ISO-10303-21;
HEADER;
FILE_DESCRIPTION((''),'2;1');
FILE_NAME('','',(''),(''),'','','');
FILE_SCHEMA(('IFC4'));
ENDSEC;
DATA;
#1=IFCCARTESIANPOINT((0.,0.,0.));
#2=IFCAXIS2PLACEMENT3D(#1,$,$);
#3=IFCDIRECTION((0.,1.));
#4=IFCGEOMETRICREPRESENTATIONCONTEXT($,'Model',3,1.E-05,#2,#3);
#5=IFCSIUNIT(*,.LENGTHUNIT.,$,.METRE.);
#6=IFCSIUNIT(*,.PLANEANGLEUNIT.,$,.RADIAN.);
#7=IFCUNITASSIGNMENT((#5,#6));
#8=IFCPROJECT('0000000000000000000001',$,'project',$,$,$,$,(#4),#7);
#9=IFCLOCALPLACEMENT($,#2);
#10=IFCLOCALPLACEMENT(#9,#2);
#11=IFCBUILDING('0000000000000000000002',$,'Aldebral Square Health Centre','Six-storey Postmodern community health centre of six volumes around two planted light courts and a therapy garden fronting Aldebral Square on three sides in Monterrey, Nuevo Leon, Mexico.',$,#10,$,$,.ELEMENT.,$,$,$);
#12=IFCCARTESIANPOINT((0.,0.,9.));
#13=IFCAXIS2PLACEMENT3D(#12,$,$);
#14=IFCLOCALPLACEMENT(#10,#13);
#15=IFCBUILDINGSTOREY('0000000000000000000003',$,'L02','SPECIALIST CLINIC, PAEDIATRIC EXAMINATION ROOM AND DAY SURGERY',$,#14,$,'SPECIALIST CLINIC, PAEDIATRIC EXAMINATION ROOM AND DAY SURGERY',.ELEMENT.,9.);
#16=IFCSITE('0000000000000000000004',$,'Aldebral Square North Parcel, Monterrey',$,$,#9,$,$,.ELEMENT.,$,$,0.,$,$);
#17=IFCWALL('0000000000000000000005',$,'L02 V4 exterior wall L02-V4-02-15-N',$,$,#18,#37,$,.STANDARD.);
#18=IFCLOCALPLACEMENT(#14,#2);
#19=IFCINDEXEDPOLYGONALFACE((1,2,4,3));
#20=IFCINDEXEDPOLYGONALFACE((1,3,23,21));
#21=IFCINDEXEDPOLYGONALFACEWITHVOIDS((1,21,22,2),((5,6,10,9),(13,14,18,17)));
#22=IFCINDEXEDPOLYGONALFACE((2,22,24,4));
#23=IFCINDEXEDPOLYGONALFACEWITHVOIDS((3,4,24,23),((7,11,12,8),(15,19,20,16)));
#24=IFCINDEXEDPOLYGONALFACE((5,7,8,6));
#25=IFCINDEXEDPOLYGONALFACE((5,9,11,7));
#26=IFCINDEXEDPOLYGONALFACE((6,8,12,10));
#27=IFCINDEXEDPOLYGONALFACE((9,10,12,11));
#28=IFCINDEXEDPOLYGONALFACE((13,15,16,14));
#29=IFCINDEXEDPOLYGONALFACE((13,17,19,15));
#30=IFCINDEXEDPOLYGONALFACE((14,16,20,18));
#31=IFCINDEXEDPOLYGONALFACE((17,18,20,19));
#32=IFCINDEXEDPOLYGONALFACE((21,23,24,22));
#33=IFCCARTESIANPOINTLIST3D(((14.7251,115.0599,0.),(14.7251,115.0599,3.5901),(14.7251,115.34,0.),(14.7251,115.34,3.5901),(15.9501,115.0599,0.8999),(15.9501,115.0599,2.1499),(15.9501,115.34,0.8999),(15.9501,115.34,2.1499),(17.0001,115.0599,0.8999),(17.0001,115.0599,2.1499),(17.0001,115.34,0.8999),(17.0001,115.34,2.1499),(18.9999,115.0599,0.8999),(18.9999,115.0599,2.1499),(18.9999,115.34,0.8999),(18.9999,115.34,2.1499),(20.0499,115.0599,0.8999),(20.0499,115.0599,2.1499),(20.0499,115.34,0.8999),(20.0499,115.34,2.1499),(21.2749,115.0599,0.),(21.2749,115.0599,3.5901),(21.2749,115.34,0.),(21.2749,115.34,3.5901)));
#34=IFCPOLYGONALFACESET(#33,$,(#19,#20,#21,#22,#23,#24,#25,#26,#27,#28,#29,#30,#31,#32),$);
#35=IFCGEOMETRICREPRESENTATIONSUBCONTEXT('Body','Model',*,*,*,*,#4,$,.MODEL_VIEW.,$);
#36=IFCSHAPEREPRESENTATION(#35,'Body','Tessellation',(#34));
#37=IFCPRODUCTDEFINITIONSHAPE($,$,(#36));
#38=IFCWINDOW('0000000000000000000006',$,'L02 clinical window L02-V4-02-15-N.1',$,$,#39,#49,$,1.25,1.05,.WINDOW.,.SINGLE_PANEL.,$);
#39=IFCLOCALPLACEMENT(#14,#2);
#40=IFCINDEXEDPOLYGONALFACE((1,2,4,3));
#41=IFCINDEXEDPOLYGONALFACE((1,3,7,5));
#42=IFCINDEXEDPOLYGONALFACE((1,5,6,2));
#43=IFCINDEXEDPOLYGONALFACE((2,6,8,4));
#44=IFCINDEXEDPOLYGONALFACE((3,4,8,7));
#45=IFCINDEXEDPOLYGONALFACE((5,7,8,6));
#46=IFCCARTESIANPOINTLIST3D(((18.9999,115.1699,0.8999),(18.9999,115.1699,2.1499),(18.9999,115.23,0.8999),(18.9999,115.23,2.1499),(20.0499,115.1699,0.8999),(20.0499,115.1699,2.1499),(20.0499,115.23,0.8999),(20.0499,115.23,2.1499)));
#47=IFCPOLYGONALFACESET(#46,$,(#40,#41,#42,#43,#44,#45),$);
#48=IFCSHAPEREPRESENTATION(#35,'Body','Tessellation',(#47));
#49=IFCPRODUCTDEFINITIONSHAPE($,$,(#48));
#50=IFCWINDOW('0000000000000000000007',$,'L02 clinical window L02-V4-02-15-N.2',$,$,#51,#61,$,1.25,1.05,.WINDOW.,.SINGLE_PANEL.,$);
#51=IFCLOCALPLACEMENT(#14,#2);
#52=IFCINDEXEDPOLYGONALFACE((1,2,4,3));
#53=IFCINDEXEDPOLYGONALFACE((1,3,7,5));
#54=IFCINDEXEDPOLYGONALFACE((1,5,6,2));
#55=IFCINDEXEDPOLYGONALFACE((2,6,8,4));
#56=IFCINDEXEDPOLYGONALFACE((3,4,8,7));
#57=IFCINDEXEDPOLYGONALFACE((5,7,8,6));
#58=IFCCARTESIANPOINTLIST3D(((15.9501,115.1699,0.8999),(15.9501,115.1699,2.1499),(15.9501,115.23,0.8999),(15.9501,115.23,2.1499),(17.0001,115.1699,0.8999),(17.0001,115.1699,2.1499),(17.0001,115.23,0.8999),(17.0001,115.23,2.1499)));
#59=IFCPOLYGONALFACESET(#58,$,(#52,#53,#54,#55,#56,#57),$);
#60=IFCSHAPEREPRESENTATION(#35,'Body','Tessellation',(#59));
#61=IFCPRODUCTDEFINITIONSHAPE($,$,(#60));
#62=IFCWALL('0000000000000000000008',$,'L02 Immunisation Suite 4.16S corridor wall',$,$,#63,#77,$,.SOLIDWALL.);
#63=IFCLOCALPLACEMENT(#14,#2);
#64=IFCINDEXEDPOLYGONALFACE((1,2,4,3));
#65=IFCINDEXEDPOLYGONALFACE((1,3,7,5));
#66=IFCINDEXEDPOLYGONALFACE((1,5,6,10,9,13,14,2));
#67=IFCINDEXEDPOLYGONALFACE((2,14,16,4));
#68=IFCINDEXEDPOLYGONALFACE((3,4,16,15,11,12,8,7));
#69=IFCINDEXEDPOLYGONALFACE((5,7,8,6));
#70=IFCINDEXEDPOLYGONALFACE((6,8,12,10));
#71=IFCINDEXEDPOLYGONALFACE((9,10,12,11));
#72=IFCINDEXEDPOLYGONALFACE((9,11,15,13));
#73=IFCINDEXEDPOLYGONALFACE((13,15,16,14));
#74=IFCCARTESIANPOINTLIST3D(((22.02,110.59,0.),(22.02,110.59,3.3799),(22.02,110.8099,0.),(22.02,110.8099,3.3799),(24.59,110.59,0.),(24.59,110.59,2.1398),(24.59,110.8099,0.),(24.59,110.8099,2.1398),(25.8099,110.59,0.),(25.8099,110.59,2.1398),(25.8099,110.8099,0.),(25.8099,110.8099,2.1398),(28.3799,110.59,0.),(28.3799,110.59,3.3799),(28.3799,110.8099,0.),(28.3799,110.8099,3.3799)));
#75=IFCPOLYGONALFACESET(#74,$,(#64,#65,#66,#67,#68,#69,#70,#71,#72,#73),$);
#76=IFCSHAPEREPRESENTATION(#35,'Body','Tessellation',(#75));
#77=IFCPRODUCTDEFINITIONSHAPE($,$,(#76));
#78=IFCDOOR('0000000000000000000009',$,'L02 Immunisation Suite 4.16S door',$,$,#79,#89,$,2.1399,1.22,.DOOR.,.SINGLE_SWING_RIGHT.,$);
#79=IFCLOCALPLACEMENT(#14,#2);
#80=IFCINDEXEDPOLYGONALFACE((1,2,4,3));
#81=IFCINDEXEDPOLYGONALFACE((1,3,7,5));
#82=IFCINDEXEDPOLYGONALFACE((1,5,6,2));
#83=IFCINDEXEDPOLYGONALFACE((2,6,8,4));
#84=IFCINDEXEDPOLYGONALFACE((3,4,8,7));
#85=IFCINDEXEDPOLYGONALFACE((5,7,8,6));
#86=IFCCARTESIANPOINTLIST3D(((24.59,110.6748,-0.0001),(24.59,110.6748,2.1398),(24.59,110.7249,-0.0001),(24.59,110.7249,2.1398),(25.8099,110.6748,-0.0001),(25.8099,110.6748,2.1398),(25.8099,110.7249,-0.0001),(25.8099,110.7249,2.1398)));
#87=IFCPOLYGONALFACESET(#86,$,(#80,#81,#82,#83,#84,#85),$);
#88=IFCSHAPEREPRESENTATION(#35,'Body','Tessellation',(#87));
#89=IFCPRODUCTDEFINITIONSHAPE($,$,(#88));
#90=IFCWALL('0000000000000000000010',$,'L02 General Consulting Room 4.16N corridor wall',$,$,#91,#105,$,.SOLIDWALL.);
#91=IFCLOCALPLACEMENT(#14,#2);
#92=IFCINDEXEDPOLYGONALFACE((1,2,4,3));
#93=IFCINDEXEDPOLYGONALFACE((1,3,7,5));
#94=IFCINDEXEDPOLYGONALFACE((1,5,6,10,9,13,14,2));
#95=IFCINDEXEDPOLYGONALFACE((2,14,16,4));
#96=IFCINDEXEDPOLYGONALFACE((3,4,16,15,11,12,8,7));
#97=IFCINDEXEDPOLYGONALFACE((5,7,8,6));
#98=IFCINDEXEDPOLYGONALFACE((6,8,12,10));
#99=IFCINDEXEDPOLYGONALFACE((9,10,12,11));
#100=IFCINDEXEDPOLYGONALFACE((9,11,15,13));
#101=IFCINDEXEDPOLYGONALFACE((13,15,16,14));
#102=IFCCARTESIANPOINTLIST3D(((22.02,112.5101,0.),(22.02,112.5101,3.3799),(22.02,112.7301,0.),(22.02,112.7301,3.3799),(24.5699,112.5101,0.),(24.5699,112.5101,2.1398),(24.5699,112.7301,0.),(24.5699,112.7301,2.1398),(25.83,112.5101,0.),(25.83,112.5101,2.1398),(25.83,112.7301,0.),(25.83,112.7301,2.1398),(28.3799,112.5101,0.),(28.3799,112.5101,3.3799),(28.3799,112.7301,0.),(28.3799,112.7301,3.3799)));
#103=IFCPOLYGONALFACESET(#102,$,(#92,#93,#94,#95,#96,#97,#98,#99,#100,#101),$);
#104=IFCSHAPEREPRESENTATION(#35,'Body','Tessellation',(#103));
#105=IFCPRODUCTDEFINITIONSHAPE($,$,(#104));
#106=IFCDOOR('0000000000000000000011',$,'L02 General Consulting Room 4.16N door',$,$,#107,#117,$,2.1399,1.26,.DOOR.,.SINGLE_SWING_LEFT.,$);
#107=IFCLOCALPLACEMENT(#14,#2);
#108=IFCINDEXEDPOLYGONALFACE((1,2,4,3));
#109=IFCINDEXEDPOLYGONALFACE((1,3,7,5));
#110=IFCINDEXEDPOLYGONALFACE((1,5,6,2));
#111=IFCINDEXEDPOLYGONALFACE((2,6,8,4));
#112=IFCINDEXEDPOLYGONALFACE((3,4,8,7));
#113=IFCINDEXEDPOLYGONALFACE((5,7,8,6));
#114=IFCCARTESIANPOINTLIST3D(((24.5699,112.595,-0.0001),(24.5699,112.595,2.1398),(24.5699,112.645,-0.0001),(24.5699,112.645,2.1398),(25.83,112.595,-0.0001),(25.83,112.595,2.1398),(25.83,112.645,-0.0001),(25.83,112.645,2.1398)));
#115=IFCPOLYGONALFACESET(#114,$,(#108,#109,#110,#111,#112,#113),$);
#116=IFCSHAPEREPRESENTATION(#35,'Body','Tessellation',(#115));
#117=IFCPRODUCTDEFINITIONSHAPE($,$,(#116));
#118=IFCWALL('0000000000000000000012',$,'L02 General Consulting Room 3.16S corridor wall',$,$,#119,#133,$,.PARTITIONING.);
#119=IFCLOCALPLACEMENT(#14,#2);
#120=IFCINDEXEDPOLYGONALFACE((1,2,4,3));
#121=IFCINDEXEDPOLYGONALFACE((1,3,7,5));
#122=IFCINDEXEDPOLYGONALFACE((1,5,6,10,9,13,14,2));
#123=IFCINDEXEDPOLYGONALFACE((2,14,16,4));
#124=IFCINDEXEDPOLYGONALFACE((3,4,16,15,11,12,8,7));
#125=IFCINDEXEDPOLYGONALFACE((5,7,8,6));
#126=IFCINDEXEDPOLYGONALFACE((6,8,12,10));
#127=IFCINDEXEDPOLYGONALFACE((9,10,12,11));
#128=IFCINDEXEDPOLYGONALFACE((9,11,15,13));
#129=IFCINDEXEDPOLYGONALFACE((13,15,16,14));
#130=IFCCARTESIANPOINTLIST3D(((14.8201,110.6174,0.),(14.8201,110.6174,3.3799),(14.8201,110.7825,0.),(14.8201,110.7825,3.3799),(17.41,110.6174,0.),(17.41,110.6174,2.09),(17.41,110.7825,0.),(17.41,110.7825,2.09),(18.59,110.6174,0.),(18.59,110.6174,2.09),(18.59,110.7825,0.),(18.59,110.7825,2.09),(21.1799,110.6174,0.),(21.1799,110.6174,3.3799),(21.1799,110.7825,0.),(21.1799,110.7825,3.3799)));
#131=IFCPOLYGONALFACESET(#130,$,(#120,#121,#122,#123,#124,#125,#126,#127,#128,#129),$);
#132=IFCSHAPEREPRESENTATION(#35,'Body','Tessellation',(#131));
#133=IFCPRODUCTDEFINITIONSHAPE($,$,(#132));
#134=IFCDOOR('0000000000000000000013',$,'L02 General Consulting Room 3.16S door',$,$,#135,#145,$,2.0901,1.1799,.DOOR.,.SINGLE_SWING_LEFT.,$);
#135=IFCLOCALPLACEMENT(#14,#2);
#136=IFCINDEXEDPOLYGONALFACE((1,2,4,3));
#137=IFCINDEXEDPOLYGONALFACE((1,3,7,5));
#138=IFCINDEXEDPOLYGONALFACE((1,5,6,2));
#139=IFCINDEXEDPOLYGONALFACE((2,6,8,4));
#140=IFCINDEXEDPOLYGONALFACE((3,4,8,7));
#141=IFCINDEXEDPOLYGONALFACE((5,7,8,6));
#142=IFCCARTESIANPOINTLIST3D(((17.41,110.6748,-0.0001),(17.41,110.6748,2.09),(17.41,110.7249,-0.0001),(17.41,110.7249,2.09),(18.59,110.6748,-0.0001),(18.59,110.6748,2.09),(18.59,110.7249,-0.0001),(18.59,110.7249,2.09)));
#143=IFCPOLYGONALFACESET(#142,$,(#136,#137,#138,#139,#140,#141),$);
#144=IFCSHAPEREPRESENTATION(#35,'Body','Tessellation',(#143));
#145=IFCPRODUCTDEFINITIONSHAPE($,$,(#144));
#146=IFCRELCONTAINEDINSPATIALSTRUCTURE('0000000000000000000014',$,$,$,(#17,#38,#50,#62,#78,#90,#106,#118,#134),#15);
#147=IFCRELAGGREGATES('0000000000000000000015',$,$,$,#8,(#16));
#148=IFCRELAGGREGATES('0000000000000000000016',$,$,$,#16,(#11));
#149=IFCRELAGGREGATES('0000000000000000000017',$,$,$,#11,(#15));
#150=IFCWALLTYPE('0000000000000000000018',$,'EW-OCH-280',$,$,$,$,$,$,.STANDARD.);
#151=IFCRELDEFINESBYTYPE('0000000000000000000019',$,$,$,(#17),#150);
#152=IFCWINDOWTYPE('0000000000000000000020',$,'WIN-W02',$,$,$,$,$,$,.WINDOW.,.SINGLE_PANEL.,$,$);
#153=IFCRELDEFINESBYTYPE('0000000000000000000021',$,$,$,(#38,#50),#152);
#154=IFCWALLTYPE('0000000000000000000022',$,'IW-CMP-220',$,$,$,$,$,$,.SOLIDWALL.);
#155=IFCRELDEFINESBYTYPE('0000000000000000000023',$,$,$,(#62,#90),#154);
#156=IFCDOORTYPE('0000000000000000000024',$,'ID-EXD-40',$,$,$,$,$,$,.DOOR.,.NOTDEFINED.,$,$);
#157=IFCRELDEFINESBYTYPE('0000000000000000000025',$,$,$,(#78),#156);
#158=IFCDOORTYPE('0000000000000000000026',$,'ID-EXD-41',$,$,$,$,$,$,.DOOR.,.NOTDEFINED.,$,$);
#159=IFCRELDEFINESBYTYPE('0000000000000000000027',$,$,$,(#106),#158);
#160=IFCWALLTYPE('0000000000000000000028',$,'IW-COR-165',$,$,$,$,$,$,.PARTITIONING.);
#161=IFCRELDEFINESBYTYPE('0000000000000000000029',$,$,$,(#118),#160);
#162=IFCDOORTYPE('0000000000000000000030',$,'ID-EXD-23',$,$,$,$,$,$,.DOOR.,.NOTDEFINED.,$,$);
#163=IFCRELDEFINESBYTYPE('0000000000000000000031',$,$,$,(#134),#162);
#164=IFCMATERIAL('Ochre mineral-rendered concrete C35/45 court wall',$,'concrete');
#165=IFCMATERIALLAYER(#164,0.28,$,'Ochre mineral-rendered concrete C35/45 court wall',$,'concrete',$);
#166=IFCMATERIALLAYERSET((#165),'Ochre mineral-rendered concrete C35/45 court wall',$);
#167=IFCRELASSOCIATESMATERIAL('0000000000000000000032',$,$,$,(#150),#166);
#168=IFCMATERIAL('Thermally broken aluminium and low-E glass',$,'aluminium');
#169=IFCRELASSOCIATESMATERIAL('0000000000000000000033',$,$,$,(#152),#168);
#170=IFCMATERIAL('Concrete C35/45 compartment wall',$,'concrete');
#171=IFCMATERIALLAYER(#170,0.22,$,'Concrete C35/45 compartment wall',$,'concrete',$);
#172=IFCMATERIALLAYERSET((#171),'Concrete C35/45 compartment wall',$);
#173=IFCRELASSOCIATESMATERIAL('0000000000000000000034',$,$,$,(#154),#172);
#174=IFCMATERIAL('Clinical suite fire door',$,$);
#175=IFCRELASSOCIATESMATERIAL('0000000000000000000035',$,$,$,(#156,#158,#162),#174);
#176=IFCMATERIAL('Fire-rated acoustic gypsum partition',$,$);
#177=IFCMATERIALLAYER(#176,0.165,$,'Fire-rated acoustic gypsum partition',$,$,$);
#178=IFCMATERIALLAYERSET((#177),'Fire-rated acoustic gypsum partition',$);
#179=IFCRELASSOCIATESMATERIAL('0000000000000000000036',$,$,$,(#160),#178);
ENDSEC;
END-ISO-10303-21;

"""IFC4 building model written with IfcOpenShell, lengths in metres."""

from ifc_helpers import new_model, si_unit, direction, frame, frame_2d, origin, place, context, subcontext, project, spatial, rectangle, extrude, material, layer, layer_set, type_object, element, fill, save


model = new_model("IFC4")

# Units and contexts
model_context = context("Model", 3, precision=1e-05, world=origin(), true_north=direction((0.0, 1.0)))
body_context = subcontext(model_context, "Body", "Model", "MODEL_VIEW")
ifc_project = project(units=[si_unit("LENGTHUNIT", "METRE"), si_unit("PLANEANGLEUNIT", "RADIAN")], contexts=[model_context])

# Site, building, storey
site_placement = place(None, origin())
site = spatial("IfcSite", under=ifc_project, at=site_placement, Name="Aldebral Square North Parcel, Monterrey", CompositionType="ELEMENT", RefElevation=0.0)
building_placement = place(site_placement, origin())
building = spatial("IfcBuilding", under=site, at=building_placement, Name="Aldebral Square Health Centre", Description="Six-storey Postmodern community health centre of six volumes around two planted light courts and a therapy garden fronting Aldebral Square on three sides in Monterrey, Nuevo Leon, Mexico.", CompositionType="ELEMENT")
storey_placement = place(building_placement, frame((0.0, 0.0, 9.0)))
storey = spatial("IfcBuildingStorey", under=building, at=storey_placement, Name="L02", Description="SPECIALIST CLINIC, PAEDIATRIC EXAMINATION ROOM AND DAY SURGERY", LongName="SPECIALIST CLINIC, PAEDIATRIC EXAMINATION ROOM AND DAY SURGERY", CompositionType="ELEMENT", Elevation=9.0)

# Wall, openings, windows
ifc_material_1 = material(Name="Ochre mineral-rendered concrete C35/45 court wall", Category="concrete")
ifc_layer_1 = layer(ifc_material_1, 0.28, Name="Ochre mineral-rendered concrete C35/45 court wall", Category="concrete")
ifc_layer_set_1 = layer_set([ifc_layer_1], Name="Ochre mineral-rendered concrete C35/45 court wall")
wall_type_1 = type_object("IfcWallType", Name="EW-OCH-280", PredefinedType="STANDARD", material=ifc_layer_set_1)
ifc_material_2 = material(Name="Thermally broken aluminium and low-E glass", Category="aluminium")
wall_1_placement = place(storey_placement, frame((21.2749, 115.2, 0.0), z_axis=(0.0, 0.0, 1.0), x_axis=(-1.0, 0.0, 0.0)))
wall_1 = element("IfcWall", 1, at=wall_1_placement, inside=storey, type_object=wall_type_1, Name="L02 V4 exterior wall L02-V4-02-15-N", PredefinedType="STANDARD", context=body_context, shape_type="SweptSolid", body=[
    extrude(rectangle(XDim=6.5498, YDim=0.28, at=frame_2d((3.2749, 0.0))), origin(), (0.0, 0.0, 1.0), 3.5901),
])
opening_1_placement = place(wall_1_placement, frame((1.2251, 0.0, 0.8999)))
opening_1 = element("IfcOpeningElement", 2, at=opening_1_placement, cuts=wall_1, PredefinedType="OPENING", context=body_context, shape_type="SweptSolid", body=[
    extrude(rectangle(XDim=1.05, YDim=1.25, at=frame_2d((0.5249, 0.625))), frame((0.0, 0.1499, 0.0), z_axis=(0.0, -1.0, 0.0), x_axis=(1.0, 0.0, 0.0)), (0.0, 0.0, 1.0), 0.3),
])
opening_2_placement = place(wall_1_placement, frame((4.2749, 0.0, 0.8999)))
opening_2 = element("IfcOpeningElement", 3, at=opening_2_placement, cuts=wall_1, PredefinedType="OPENING", context=body_context, shape_type="SweptSolid", body=[
    extrude(rectangle(XDim=1.05, YDim=1.25, at=frame_2d((0.5249, 0.625))), frame((0.0, 0.1499, 0.0), z_axis=(0.0, -1.0, 0.0), x_axis=(1.0, 0.0, 0.0)), (0.0, 0.0, 1.0), 0.3),
])
window_type_1 = type_object("IfcWindowType", Name="WIN-W02", PartitioningType="SINGLE_PANEL", PredefinedType="WINDOW", material=ifc_material_2)
window_1_placement = place(opening_1_placement, origin())
window_1 = element("IfcWindow", 4, at=window_1_placement, inside=storey, type_object=window_type_1, Name="L02 clinical window L02-V4-02-15-N.1", OverallHeight=1.25, OverallWidth=1.05, PartitioningType="SINGLE_PANEL", PredefinedType="WINDOW", context=body_context, shape_type="SweptSolid", body=[
    extrude(rectangle(XDim=1.05, YDim=1.25, at=frame_2d((0.5249, 0.625))), frame((0.0, 0.03, 0.0), z_axis=(0.0, -1.0, 0.0), x_axis=(1.0, 0.0, 0.0)), (0.0, 0.0, 1.0), 0.0601),
])
fill(opening_1, window_1)
window_2_placement = place(opening_2_placement, origin())
window_2 = element("IfcWindow", 5, at=window_2_placement, inside=storey, type_object=window_type_1, Name="L02 clinical window L02-V4-02-15-N.2", OverallHeight=1.25, OverallWidth=1.05, PartitioningType="SINGLE_PANEL", PredefinedType="WINDOW", context=body_context, shape_type="SweptSolid", body=[
    extrude(rectangle(XDim=1.05, YDim=1.25, at=frame_2d((0.5249, 0.625))), frame((0.0, 0.03, 0.0), z_axis=(0.0, -1.0, 0.0), x_axis=(1.0, 0.0, 0.0)), (0.0, 0.0, 1.0), 0.0601),
])
fill(opening_2, window_2)

# Walls, openings, doors
ifc_material_3 = material(Name="Concrete C35/45 compartment wall", Category="concrete")
ifc_layer_2 = layer(ifc_material_3, 0.22, Name="Concrete C35/45 compartment wall", Category="concrete")
ifc_layer_set_2 = layer_set([ifc_layer_2], Name="Concrete C35/45 compartment wall")
wall_type_2 = type_object("IfcWallType", Name="IW-CMP-220", PredefinedType="SOLIDWALL", material=ifc_layer_set_2)
wall_2_placement = place(storey_placement, frame((22.02, 110.7, 0.0), z_axis=(0.0, 0.0, 1.0), x_axis=(1.0, 0.0, 0.0)))
wall_2 = element("IfcWall", 6, at=wall_2_placement, inside=storey, type_object=wall_type_2, Name="L02 Immunisation Suite 4.16S corridor wall", PredefinedType="SOLIDWALL", context=body_context, shape_type="SweptSolid", body=[
    extrude(rectangle(XDim=6.3599, YDim=0.22, at=frame_2d((3.1799, 0.0))), origin(), (0.0, 0.0, 1.0), 3.3799),
])
opening_3_placement = place(wall_2_placement, frame((2.5701, 0.0, 0.0)))
opening_3 = element("IfcOpeningElement", 7, at=opening_3_placement, cuts=wall_2, PredefinedType="OPENING", context=body_context, shape_type="SweptSolid", body=[
    extrude(rectangle(XDim=1.22, YDim=2.1399, at=frame_2d((0.6099, 1.0698))), frame((0.0, 0.1201, 0.0), z_axis=(0.0, -1.0, 0.0), x_axis=(1.0, 0.0, 0.0)), (0.0, 0.0, 1.0), 0.24),
])
ifc_material_4 = material(Name="Clinical suite fire door")
door_type_1 = type_object("IfcDoorType", Name="ID-EXD-40", OperationType="NOTDEFINED", PredefinedType="DOOR", material=ifc_material_4)
door_1_placement = place(opening_3_placement, origin())
door_1 = element("IfcDoor", 8, at=door_1_placement, inside=storey, type_object=door_type_1, Name="L02 Immunisation Suite 4.16S door", OperationType="SINGLE_SWING_RIGHT", OverallHeight=2.1399, OverallWidth=1.22, PredefinedType="DOOR", context=body_context, shape_type="SweptSolid", body=[
    extrude(rectangle(XDim=1.22, YDim=2.1399, at=frame_2d((0.6099, 1.0698))), frame((0.0, 0.0249, 0.0), z_axis=(0.0, -1.0, 0.0), x_axis=(1.0, 0.0, 0.0)), (0.0, 0.0, 1.0), 0.05),
])
fill(opening_3, door_1)
wall_3_placement = place(storey_placement, frame((22.02, 112.6201, 0.0), z_axis=(0.0, 0.0, 1.0), x_axis=(1.0, 0.0, 0.0)))
wall_3 = element("IfcWall", 9, at=wall_3_placement, inside=storey, type_object=wall_type_2, Name="L02 General Consulting Room 4.16N corridor wall", PredefinedType="SOLIDWALL", context=body_context, shape_type="SweptSolid", body=[
    extrude(rectangle(XDim=6.3599, YDim=0.22, at=frame_2d((3.1799, 0.0))), origin(), (0.0, 0.0, 1.0), 3.3799),
])
opening_4_placement = place(wall_3_placement, frame((2.55, 0.0, 0.0)))
opening_4 = element("IfcOpeningElement", 10, at=opening_4_placement, cuts=wall_3, PredefinedType="OPENING", context=body_context, shape_type="SweptSolid", body=[
    extrude(rectangle(XDim=1.26, YDim=2.1399, at=frame_2d((0.6299, 1.0698))), frame((0.0, 0.1201, 0.0), z_axis=(0.0, -1.0, 0.0), x_axis=(1.0, 0.0, 0.0)), (0.0, 0.0, 1.0), 0.24),
])
door_type_2 = type_object("IfcDoorType", Name="ID-EXD-41", OperationType="NOTDEFINED", PredefinedType="DOOR", material=ifc_material_4)
door_2_placement = place(opening_4_placement, origin())
door_2 = element("IfcDoor", 11, at=door_2_placement, inside=storey, type_object=door_type_2, Name="L02 General Consulting Room 4.16N door", OperationType="SINGLE_SWING_LEFT", OverallHeight=2.1399, OverallWidth=1.26, PredefinedType="DOOR", context=body_context, shape_type="SweptSolid", body=[
    extrude(rectangle(XDim=1.26, YDim=2.1399, at=frame_2d((0.6299, 1.0698))), frame((0.0, 0.0249, 0.0), z_axis=(0.0, -1.0, 0.0), x_axis=(1.0, 0.0, 0.0)), (0.0, 0.0, 1.0), 0.05),
])
fill(opening_4, door_2)
ifc_material_5 = material(Name="Fire-rated acoustic gypsum partition")
ifc_layer_3 = layer(ifc_material_5, 0.165, Name="Fire-rated acoustic gypsum partition")
ifc_layer_set_3 = layer_set([ifc_layer_3], Name="Fire-rated acoustic gypsum partition")
wall_type_3 = type_object("IfcWallType", Name="IW-COR-165", PredefinedType="PARTITIONING", material=ifc_layer_set_3)
wall_4_placement = place(storey_placement, frame((14.8201, 110.7, 0.0), z_axis=(0.0, 0.0, 1.0), x_axis=(1.0, 0.0, 0.0)))
wall_4 = element("IfcWall", 12, at=wall_4_placement, inside=storey, type_object=wall_type_3, Name="L02 General Consulting Room 3.16S corridor wall", PredefinedType="PARTITIONING", context=body_context, shape_type="SweptSolid", body=[
    extrude(rectangle(XDim=6.3599, YDim=0.165, at=frame_2d((3.1799, 0.0))), origin(), (0.0, 0.0, 1.0), 3.3799),
])
opening_5_placement = place(wall_4_placement, frame((2.5901, 0.0, 0.0)))
opening_5 = element("IfcOpeningElement", 13, at=opening_5_placement, cuts=wall_4, PredefinedType="OPENING", context=body_context, shape_type="SweptSolid", body=[
    extrude(rectangle(XDim=1.1799, YDim=2.0901, at=frame_2d((0.5898, 1.0449))), frame((0.0, 0.0925, 0.0), z_axis=(0.0, -1.0, 0.0), x_axis=(1.0, 0.0, 0.0)), (0.0, 0.0, 1.0), 0.1851),
])
door_type_3 = type_object("IfcDoorType", Name="ID-EXD-23", OperationType="NOTDEFINED", PredefinedType="DOOR", material=ifc_material_4)
door_3_placement = place(opening_5_placement, origin())
door_3 = element("IfcDoor", 14, at=door_3_placement, inside=storey, type_object=door_type_3, Name="L02 General Consulting Room 3.16S door", OperationType="SINGLE_SWING_LEFT", OverallHeight=2.0901, OverallWidth=1.1799, PredefinedType="DOOR", context=body_context, shape_type="SweptSolid", body=[
    extrude(rectangle(XDim=1.1799, YDim=2.0901, at=frame_2d((0.5898, 1.0449))), frame((0.0, 0.0249, 0.0), z_axis=(0.0, -1.0, 0.0), x_axis=(1.0, 0.0, 0.0)), (0.0, 0.0, 1.0), 0.05),
])
fill(opening_5, door_3)

save(model, "model.ifc")
